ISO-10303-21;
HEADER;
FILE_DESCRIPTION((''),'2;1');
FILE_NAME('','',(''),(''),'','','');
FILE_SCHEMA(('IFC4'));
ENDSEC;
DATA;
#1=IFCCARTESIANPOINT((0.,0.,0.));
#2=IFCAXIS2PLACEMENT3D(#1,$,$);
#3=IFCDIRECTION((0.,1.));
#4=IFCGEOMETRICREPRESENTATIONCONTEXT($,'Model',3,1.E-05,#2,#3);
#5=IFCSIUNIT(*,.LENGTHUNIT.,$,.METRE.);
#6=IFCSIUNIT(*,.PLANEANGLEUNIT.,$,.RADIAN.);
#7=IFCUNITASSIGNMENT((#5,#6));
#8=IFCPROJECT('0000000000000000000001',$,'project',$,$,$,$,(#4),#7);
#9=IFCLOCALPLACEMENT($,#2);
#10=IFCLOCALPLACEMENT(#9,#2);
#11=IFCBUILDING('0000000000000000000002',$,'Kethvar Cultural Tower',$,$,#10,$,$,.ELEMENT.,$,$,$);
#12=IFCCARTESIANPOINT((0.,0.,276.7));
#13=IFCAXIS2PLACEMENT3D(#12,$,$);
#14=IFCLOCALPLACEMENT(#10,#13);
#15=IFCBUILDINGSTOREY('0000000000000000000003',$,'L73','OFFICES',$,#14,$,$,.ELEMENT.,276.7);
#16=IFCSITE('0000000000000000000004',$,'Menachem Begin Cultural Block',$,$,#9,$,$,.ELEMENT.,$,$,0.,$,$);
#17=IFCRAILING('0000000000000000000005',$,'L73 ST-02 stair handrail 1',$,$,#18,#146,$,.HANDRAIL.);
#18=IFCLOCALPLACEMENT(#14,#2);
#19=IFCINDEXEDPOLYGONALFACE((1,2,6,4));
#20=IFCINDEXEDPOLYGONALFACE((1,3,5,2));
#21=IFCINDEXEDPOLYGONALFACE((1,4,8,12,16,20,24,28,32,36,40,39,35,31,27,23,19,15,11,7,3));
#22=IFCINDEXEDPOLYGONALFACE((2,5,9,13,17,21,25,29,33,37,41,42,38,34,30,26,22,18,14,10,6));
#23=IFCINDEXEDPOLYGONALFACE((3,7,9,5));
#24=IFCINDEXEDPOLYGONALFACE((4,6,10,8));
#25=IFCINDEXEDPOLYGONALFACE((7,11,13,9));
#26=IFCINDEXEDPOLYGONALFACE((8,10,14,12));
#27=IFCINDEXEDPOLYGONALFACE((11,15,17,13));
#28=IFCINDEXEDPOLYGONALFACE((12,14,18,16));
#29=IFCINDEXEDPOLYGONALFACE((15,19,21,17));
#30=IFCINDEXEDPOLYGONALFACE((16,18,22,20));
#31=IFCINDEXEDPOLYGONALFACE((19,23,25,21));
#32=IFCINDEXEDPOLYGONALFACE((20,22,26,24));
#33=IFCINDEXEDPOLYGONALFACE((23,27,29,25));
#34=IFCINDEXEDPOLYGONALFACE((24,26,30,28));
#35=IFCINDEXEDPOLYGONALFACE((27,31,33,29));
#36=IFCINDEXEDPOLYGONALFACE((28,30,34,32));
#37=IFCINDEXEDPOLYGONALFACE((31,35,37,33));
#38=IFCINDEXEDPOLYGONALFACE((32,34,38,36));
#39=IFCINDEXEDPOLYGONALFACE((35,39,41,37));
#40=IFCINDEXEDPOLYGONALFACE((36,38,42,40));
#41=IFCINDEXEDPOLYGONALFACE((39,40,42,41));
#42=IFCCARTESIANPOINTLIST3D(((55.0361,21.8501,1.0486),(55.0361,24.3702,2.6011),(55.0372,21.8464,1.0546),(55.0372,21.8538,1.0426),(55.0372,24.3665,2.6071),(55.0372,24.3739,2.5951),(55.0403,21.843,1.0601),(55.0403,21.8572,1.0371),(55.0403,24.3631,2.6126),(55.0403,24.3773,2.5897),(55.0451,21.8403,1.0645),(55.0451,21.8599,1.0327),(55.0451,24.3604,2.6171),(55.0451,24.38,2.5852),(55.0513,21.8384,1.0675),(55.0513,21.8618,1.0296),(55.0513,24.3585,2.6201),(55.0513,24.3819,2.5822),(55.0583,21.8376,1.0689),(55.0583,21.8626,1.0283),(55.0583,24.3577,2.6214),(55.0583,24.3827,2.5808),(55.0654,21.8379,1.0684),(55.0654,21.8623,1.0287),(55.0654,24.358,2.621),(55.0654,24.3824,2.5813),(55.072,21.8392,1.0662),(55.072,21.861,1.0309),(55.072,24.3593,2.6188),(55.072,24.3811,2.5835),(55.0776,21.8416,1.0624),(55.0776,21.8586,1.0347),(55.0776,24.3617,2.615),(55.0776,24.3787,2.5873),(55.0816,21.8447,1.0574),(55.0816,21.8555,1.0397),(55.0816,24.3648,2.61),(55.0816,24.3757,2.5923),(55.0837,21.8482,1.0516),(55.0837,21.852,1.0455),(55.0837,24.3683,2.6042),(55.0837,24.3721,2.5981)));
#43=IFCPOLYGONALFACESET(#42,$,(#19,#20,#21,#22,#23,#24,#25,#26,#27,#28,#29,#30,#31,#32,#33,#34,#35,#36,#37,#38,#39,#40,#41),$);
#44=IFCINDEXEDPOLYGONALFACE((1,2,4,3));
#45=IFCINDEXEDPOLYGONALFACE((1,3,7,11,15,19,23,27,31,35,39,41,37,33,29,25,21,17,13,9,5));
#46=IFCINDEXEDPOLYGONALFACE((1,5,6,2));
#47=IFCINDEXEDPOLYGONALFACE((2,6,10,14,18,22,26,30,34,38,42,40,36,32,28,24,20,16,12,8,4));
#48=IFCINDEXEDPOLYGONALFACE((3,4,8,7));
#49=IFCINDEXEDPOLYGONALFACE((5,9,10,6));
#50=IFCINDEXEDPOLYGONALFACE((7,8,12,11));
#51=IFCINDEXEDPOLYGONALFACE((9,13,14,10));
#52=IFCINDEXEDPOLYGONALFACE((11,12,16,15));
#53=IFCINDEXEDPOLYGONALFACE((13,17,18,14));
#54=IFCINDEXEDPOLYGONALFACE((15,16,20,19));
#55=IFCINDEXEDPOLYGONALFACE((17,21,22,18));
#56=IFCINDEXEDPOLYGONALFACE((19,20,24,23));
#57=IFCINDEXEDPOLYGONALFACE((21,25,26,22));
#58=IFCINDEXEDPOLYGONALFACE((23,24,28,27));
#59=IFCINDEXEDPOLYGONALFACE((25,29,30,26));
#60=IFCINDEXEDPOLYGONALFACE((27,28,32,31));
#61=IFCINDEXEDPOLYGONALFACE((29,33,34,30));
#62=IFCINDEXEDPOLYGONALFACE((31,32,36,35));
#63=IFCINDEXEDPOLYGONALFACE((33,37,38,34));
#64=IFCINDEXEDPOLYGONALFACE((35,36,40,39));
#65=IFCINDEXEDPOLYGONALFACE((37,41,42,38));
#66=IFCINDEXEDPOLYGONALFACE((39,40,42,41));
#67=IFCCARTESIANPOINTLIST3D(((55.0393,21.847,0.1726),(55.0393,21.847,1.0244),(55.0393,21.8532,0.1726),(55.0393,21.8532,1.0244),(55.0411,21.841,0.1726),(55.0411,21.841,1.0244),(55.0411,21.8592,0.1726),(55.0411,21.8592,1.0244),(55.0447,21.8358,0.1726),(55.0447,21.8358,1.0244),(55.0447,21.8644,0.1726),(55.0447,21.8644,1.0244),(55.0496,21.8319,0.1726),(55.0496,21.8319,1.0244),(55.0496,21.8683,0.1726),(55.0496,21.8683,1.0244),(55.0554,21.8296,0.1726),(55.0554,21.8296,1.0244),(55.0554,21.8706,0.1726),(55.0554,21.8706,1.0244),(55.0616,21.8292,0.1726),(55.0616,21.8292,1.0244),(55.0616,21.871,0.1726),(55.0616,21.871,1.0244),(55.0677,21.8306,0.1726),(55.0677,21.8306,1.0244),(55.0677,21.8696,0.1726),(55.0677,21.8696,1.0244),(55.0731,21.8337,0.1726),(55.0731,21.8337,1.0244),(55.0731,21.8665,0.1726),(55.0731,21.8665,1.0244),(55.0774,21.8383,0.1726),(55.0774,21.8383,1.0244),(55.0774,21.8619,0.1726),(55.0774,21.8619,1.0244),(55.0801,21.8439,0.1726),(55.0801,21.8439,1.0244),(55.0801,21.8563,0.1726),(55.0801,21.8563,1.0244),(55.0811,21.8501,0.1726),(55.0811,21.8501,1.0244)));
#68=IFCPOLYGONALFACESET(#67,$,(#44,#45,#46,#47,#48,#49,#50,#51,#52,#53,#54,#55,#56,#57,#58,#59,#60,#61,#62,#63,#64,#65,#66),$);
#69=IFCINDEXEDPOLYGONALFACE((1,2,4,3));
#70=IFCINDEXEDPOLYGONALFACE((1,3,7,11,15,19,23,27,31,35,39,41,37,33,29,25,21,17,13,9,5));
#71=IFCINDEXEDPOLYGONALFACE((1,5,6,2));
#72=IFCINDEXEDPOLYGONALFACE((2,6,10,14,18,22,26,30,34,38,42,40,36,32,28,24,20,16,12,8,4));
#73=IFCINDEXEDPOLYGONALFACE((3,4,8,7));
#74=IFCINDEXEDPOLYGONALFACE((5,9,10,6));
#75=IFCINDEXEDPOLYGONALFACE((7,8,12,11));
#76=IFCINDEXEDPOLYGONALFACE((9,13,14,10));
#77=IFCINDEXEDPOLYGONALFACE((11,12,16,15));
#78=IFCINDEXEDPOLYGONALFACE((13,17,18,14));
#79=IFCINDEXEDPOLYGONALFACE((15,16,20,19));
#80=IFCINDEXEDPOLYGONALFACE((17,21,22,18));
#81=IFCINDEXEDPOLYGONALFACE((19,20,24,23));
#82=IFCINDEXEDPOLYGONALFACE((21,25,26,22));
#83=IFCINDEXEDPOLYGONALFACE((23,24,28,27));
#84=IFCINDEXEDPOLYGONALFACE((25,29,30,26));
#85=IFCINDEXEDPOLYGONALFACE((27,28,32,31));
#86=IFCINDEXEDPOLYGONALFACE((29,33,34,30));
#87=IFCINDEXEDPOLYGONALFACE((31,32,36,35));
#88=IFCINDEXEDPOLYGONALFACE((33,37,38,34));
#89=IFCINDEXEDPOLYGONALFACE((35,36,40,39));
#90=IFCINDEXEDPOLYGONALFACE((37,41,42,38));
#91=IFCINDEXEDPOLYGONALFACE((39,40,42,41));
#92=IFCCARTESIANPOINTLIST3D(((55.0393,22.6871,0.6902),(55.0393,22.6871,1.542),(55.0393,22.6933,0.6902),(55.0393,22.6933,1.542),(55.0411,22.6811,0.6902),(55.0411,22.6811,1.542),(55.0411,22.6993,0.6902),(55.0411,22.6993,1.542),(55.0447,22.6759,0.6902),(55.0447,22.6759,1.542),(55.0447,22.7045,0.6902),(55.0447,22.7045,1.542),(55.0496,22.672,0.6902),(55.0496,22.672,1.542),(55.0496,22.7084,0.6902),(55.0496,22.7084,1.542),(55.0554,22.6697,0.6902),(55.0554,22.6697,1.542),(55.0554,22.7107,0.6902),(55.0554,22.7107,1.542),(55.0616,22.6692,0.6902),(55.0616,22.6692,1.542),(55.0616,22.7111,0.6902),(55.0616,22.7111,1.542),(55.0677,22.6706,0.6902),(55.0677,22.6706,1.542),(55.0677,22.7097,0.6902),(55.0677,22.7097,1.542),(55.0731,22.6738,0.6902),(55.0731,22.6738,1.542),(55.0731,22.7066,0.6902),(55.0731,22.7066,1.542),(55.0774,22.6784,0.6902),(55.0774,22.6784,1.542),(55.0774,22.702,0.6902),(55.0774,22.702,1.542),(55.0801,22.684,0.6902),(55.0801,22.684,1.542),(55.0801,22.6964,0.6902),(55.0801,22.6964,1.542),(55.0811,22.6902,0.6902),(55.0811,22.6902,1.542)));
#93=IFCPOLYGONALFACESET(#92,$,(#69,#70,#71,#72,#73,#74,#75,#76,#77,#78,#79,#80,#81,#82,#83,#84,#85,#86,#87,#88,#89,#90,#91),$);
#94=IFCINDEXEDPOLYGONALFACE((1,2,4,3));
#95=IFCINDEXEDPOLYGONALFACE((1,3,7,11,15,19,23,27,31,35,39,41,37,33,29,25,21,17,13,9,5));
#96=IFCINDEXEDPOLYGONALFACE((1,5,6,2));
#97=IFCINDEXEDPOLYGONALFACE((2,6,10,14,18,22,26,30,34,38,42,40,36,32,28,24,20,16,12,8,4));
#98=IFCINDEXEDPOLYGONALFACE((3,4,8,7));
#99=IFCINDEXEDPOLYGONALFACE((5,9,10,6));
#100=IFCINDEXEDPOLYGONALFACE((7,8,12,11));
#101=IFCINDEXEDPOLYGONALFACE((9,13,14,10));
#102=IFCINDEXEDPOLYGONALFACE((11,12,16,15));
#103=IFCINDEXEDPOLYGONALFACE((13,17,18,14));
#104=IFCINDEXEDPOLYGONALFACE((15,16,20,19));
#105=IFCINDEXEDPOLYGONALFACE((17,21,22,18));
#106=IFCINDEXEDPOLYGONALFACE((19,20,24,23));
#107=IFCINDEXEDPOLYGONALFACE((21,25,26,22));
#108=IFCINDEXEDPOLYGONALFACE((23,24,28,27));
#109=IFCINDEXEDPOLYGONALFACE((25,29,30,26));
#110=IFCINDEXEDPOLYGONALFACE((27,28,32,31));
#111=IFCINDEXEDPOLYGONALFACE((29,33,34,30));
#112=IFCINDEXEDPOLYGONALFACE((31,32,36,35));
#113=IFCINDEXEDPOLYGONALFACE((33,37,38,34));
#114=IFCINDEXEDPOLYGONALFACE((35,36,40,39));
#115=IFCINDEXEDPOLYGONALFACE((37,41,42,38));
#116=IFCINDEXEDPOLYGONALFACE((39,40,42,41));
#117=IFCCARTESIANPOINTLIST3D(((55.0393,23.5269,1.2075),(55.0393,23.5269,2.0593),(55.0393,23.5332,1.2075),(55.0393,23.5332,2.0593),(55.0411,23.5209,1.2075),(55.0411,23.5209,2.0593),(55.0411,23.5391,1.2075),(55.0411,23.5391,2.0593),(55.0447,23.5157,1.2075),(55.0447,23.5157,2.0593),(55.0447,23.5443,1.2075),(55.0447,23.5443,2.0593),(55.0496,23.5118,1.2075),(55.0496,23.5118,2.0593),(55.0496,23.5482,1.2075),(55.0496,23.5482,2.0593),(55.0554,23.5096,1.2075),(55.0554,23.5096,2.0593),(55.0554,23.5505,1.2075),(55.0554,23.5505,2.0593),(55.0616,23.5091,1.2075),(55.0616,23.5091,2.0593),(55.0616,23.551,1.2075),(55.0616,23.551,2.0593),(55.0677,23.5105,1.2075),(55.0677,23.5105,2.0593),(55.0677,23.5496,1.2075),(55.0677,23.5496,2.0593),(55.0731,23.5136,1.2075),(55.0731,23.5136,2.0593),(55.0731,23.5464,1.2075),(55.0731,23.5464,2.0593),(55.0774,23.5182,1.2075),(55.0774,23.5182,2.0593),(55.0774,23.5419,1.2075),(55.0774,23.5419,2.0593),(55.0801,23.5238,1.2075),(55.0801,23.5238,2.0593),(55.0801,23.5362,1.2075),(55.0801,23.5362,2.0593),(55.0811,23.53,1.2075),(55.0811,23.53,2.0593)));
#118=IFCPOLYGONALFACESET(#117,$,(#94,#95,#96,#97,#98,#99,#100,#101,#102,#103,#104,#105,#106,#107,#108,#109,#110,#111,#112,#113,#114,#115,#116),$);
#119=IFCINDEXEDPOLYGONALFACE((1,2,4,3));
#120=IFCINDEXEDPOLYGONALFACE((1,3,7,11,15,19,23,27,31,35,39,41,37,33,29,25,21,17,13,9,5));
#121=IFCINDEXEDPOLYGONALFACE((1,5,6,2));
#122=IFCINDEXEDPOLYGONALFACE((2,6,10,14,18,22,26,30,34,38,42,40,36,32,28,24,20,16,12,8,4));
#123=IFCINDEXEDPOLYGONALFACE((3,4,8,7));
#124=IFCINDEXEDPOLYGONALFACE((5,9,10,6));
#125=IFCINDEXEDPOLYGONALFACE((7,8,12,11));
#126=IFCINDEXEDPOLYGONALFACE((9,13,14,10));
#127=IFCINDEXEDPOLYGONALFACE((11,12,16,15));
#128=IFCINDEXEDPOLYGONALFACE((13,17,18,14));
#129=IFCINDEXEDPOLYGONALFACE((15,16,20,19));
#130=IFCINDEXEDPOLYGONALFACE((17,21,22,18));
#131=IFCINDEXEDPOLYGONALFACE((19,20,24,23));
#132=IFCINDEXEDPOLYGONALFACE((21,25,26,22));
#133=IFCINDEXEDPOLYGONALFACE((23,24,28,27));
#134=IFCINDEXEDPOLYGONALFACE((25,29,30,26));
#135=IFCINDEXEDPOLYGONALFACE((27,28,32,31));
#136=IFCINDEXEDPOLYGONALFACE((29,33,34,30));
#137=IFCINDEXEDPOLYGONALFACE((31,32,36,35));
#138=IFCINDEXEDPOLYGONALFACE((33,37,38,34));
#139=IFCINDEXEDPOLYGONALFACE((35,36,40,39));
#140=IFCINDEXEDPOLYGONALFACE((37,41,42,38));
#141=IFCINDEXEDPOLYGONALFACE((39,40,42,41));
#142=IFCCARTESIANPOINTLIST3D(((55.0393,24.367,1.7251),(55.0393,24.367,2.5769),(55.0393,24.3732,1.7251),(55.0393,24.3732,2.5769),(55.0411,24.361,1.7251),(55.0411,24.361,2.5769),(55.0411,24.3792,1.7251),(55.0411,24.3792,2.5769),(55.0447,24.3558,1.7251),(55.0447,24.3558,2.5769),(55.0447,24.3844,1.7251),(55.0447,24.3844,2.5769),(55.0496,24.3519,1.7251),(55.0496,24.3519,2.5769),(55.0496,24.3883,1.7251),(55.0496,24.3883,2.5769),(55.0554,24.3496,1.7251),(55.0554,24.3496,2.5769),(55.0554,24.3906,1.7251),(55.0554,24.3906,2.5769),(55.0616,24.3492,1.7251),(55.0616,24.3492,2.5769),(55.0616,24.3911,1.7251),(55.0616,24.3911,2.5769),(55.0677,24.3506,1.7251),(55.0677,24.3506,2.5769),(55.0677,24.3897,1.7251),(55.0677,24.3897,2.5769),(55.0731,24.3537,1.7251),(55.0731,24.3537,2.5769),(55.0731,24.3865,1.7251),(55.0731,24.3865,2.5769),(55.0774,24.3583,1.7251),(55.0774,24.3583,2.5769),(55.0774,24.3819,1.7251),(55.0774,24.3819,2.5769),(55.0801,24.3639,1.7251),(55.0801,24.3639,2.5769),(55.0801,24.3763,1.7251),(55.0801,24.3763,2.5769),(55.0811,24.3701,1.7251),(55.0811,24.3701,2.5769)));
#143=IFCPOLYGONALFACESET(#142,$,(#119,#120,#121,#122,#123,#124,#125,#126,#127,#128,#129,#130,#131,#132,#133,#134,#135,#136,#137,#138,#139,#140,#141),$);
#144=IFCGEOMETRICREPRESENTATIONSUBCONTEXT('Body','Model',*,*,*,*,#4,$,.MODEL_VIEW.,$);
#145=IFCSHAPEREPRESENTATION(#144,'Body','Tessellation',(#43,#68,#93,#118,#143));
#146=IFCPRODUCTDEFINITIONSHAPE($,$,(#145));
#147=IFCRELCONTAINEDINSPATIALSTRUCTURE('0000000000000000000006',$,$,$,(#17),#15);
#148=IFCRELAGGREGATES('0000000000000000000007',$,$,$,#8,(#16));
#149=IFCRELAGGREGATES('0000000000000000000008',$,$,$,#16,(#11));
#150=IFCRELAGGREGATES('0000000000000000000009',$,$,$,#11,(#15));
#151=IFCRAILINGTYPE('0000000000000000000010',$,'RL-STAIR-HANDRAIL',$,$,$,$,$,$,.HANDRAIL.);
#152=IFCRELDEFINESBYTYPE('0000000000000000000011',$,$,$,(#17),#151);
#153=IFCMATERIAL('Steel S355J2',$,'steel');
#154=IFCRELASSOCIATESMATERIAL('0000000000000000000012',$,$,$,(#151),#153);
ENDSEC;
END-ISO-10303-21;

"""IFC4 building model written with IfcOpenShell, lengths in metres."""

from ifc_helpers import new_model, si_unit, direction, frame, origin, origin_2d, place, context, subcontext, project, spatial, circle, extrude, material, type_object, element, save


model = new_model("IFC4")

# Units and contexts
model_context = context("Model", 3, precision=1e-05, world=origin(), true_north=direction((0.0, 1.0)))
body_context = subcontext(model_context, "Body", "Model", "MODEL_VIEW")
ifc_project = project(units=[si_unit("LENGTHUNIT", "METRE"), si_unit("PLANEANGLEUNIT", "RADIAN")], contexts=[model_context])

# Site, building, storey
site_placement = place(None, origin())
site = spatial("IfcSite", under=ifc_project, at=site_placement, Name="Menachem Begin Cultural Block", CompositionType="ELEMENT", RefElevation=0.0)
building_placement = place(site_placement, origin())
building = spatial("IfcBuilding", under=site, at=building_placement, Name="Kethvar Cultural Tower", CompositionType="ELEMENT")
storey_placement = place(building_placement, frame((0.0, 0.0, 276.7)))
storey = spatial("IfcBuildingStorey", under=building, at=storey_placement, Name="L73", Description="OFFICES", CompositionType="ELEMENT", Elevation=276.7)

# Shared definitions
ifc_material_1 = material(Name="Steel S355J2", Category="steel")

# Railing
railing_type_1 = type_object("IfcRailingType", Name="RL-STAIR-HANDRAIL", PredefinedType="HANDRAIL", material=ifc_material_1)
railing_1_placement = place(storey_placement, frame((55.0601, 21.8501, 0.1726)))
element("IfcRailing", 1, at=railing_1_placement, inside=storey, type_object=railing_type_1, Name="L73 ST-02 stair handrail 1", PredefinedType="HANDRAIL", context=body_context, shape_type="SweptSolid", body=[
    extrude(circle(Radius=0.0239, at=origin_2d()), frame((0.0, 0.0, 0.876), z_axis=(0.0, 0.8514, 0.524516), x_axis=(-1.0, 0.0, 0.0)), (0.0, 0.0, 1.0), 2.96),
    extrude(circle(Radius=0.021, at=origin_2d()), origin(), (0.0, 0.0, 1.0), 0.8518),
    extrude(circle(Radius=0.021, at=origin_2d()), frame((0.0, 0.8401, 0.5176)), (0.0, 0.0, 1.0), 0.8518),
    extrude(circle(Radius=0.021, at=origin_2d()), frame((0.0, 1.6799, 1.0349)), (0.0, 0.0, 1.0), 0.8518),
    extrude(circle(Radius=0.021, at=origin_2d()), frame((0.0, 2.52, 1.5525)), (0.0, 0.0, 1.0), 0.8518),
])

save(model, "model.ifc")
